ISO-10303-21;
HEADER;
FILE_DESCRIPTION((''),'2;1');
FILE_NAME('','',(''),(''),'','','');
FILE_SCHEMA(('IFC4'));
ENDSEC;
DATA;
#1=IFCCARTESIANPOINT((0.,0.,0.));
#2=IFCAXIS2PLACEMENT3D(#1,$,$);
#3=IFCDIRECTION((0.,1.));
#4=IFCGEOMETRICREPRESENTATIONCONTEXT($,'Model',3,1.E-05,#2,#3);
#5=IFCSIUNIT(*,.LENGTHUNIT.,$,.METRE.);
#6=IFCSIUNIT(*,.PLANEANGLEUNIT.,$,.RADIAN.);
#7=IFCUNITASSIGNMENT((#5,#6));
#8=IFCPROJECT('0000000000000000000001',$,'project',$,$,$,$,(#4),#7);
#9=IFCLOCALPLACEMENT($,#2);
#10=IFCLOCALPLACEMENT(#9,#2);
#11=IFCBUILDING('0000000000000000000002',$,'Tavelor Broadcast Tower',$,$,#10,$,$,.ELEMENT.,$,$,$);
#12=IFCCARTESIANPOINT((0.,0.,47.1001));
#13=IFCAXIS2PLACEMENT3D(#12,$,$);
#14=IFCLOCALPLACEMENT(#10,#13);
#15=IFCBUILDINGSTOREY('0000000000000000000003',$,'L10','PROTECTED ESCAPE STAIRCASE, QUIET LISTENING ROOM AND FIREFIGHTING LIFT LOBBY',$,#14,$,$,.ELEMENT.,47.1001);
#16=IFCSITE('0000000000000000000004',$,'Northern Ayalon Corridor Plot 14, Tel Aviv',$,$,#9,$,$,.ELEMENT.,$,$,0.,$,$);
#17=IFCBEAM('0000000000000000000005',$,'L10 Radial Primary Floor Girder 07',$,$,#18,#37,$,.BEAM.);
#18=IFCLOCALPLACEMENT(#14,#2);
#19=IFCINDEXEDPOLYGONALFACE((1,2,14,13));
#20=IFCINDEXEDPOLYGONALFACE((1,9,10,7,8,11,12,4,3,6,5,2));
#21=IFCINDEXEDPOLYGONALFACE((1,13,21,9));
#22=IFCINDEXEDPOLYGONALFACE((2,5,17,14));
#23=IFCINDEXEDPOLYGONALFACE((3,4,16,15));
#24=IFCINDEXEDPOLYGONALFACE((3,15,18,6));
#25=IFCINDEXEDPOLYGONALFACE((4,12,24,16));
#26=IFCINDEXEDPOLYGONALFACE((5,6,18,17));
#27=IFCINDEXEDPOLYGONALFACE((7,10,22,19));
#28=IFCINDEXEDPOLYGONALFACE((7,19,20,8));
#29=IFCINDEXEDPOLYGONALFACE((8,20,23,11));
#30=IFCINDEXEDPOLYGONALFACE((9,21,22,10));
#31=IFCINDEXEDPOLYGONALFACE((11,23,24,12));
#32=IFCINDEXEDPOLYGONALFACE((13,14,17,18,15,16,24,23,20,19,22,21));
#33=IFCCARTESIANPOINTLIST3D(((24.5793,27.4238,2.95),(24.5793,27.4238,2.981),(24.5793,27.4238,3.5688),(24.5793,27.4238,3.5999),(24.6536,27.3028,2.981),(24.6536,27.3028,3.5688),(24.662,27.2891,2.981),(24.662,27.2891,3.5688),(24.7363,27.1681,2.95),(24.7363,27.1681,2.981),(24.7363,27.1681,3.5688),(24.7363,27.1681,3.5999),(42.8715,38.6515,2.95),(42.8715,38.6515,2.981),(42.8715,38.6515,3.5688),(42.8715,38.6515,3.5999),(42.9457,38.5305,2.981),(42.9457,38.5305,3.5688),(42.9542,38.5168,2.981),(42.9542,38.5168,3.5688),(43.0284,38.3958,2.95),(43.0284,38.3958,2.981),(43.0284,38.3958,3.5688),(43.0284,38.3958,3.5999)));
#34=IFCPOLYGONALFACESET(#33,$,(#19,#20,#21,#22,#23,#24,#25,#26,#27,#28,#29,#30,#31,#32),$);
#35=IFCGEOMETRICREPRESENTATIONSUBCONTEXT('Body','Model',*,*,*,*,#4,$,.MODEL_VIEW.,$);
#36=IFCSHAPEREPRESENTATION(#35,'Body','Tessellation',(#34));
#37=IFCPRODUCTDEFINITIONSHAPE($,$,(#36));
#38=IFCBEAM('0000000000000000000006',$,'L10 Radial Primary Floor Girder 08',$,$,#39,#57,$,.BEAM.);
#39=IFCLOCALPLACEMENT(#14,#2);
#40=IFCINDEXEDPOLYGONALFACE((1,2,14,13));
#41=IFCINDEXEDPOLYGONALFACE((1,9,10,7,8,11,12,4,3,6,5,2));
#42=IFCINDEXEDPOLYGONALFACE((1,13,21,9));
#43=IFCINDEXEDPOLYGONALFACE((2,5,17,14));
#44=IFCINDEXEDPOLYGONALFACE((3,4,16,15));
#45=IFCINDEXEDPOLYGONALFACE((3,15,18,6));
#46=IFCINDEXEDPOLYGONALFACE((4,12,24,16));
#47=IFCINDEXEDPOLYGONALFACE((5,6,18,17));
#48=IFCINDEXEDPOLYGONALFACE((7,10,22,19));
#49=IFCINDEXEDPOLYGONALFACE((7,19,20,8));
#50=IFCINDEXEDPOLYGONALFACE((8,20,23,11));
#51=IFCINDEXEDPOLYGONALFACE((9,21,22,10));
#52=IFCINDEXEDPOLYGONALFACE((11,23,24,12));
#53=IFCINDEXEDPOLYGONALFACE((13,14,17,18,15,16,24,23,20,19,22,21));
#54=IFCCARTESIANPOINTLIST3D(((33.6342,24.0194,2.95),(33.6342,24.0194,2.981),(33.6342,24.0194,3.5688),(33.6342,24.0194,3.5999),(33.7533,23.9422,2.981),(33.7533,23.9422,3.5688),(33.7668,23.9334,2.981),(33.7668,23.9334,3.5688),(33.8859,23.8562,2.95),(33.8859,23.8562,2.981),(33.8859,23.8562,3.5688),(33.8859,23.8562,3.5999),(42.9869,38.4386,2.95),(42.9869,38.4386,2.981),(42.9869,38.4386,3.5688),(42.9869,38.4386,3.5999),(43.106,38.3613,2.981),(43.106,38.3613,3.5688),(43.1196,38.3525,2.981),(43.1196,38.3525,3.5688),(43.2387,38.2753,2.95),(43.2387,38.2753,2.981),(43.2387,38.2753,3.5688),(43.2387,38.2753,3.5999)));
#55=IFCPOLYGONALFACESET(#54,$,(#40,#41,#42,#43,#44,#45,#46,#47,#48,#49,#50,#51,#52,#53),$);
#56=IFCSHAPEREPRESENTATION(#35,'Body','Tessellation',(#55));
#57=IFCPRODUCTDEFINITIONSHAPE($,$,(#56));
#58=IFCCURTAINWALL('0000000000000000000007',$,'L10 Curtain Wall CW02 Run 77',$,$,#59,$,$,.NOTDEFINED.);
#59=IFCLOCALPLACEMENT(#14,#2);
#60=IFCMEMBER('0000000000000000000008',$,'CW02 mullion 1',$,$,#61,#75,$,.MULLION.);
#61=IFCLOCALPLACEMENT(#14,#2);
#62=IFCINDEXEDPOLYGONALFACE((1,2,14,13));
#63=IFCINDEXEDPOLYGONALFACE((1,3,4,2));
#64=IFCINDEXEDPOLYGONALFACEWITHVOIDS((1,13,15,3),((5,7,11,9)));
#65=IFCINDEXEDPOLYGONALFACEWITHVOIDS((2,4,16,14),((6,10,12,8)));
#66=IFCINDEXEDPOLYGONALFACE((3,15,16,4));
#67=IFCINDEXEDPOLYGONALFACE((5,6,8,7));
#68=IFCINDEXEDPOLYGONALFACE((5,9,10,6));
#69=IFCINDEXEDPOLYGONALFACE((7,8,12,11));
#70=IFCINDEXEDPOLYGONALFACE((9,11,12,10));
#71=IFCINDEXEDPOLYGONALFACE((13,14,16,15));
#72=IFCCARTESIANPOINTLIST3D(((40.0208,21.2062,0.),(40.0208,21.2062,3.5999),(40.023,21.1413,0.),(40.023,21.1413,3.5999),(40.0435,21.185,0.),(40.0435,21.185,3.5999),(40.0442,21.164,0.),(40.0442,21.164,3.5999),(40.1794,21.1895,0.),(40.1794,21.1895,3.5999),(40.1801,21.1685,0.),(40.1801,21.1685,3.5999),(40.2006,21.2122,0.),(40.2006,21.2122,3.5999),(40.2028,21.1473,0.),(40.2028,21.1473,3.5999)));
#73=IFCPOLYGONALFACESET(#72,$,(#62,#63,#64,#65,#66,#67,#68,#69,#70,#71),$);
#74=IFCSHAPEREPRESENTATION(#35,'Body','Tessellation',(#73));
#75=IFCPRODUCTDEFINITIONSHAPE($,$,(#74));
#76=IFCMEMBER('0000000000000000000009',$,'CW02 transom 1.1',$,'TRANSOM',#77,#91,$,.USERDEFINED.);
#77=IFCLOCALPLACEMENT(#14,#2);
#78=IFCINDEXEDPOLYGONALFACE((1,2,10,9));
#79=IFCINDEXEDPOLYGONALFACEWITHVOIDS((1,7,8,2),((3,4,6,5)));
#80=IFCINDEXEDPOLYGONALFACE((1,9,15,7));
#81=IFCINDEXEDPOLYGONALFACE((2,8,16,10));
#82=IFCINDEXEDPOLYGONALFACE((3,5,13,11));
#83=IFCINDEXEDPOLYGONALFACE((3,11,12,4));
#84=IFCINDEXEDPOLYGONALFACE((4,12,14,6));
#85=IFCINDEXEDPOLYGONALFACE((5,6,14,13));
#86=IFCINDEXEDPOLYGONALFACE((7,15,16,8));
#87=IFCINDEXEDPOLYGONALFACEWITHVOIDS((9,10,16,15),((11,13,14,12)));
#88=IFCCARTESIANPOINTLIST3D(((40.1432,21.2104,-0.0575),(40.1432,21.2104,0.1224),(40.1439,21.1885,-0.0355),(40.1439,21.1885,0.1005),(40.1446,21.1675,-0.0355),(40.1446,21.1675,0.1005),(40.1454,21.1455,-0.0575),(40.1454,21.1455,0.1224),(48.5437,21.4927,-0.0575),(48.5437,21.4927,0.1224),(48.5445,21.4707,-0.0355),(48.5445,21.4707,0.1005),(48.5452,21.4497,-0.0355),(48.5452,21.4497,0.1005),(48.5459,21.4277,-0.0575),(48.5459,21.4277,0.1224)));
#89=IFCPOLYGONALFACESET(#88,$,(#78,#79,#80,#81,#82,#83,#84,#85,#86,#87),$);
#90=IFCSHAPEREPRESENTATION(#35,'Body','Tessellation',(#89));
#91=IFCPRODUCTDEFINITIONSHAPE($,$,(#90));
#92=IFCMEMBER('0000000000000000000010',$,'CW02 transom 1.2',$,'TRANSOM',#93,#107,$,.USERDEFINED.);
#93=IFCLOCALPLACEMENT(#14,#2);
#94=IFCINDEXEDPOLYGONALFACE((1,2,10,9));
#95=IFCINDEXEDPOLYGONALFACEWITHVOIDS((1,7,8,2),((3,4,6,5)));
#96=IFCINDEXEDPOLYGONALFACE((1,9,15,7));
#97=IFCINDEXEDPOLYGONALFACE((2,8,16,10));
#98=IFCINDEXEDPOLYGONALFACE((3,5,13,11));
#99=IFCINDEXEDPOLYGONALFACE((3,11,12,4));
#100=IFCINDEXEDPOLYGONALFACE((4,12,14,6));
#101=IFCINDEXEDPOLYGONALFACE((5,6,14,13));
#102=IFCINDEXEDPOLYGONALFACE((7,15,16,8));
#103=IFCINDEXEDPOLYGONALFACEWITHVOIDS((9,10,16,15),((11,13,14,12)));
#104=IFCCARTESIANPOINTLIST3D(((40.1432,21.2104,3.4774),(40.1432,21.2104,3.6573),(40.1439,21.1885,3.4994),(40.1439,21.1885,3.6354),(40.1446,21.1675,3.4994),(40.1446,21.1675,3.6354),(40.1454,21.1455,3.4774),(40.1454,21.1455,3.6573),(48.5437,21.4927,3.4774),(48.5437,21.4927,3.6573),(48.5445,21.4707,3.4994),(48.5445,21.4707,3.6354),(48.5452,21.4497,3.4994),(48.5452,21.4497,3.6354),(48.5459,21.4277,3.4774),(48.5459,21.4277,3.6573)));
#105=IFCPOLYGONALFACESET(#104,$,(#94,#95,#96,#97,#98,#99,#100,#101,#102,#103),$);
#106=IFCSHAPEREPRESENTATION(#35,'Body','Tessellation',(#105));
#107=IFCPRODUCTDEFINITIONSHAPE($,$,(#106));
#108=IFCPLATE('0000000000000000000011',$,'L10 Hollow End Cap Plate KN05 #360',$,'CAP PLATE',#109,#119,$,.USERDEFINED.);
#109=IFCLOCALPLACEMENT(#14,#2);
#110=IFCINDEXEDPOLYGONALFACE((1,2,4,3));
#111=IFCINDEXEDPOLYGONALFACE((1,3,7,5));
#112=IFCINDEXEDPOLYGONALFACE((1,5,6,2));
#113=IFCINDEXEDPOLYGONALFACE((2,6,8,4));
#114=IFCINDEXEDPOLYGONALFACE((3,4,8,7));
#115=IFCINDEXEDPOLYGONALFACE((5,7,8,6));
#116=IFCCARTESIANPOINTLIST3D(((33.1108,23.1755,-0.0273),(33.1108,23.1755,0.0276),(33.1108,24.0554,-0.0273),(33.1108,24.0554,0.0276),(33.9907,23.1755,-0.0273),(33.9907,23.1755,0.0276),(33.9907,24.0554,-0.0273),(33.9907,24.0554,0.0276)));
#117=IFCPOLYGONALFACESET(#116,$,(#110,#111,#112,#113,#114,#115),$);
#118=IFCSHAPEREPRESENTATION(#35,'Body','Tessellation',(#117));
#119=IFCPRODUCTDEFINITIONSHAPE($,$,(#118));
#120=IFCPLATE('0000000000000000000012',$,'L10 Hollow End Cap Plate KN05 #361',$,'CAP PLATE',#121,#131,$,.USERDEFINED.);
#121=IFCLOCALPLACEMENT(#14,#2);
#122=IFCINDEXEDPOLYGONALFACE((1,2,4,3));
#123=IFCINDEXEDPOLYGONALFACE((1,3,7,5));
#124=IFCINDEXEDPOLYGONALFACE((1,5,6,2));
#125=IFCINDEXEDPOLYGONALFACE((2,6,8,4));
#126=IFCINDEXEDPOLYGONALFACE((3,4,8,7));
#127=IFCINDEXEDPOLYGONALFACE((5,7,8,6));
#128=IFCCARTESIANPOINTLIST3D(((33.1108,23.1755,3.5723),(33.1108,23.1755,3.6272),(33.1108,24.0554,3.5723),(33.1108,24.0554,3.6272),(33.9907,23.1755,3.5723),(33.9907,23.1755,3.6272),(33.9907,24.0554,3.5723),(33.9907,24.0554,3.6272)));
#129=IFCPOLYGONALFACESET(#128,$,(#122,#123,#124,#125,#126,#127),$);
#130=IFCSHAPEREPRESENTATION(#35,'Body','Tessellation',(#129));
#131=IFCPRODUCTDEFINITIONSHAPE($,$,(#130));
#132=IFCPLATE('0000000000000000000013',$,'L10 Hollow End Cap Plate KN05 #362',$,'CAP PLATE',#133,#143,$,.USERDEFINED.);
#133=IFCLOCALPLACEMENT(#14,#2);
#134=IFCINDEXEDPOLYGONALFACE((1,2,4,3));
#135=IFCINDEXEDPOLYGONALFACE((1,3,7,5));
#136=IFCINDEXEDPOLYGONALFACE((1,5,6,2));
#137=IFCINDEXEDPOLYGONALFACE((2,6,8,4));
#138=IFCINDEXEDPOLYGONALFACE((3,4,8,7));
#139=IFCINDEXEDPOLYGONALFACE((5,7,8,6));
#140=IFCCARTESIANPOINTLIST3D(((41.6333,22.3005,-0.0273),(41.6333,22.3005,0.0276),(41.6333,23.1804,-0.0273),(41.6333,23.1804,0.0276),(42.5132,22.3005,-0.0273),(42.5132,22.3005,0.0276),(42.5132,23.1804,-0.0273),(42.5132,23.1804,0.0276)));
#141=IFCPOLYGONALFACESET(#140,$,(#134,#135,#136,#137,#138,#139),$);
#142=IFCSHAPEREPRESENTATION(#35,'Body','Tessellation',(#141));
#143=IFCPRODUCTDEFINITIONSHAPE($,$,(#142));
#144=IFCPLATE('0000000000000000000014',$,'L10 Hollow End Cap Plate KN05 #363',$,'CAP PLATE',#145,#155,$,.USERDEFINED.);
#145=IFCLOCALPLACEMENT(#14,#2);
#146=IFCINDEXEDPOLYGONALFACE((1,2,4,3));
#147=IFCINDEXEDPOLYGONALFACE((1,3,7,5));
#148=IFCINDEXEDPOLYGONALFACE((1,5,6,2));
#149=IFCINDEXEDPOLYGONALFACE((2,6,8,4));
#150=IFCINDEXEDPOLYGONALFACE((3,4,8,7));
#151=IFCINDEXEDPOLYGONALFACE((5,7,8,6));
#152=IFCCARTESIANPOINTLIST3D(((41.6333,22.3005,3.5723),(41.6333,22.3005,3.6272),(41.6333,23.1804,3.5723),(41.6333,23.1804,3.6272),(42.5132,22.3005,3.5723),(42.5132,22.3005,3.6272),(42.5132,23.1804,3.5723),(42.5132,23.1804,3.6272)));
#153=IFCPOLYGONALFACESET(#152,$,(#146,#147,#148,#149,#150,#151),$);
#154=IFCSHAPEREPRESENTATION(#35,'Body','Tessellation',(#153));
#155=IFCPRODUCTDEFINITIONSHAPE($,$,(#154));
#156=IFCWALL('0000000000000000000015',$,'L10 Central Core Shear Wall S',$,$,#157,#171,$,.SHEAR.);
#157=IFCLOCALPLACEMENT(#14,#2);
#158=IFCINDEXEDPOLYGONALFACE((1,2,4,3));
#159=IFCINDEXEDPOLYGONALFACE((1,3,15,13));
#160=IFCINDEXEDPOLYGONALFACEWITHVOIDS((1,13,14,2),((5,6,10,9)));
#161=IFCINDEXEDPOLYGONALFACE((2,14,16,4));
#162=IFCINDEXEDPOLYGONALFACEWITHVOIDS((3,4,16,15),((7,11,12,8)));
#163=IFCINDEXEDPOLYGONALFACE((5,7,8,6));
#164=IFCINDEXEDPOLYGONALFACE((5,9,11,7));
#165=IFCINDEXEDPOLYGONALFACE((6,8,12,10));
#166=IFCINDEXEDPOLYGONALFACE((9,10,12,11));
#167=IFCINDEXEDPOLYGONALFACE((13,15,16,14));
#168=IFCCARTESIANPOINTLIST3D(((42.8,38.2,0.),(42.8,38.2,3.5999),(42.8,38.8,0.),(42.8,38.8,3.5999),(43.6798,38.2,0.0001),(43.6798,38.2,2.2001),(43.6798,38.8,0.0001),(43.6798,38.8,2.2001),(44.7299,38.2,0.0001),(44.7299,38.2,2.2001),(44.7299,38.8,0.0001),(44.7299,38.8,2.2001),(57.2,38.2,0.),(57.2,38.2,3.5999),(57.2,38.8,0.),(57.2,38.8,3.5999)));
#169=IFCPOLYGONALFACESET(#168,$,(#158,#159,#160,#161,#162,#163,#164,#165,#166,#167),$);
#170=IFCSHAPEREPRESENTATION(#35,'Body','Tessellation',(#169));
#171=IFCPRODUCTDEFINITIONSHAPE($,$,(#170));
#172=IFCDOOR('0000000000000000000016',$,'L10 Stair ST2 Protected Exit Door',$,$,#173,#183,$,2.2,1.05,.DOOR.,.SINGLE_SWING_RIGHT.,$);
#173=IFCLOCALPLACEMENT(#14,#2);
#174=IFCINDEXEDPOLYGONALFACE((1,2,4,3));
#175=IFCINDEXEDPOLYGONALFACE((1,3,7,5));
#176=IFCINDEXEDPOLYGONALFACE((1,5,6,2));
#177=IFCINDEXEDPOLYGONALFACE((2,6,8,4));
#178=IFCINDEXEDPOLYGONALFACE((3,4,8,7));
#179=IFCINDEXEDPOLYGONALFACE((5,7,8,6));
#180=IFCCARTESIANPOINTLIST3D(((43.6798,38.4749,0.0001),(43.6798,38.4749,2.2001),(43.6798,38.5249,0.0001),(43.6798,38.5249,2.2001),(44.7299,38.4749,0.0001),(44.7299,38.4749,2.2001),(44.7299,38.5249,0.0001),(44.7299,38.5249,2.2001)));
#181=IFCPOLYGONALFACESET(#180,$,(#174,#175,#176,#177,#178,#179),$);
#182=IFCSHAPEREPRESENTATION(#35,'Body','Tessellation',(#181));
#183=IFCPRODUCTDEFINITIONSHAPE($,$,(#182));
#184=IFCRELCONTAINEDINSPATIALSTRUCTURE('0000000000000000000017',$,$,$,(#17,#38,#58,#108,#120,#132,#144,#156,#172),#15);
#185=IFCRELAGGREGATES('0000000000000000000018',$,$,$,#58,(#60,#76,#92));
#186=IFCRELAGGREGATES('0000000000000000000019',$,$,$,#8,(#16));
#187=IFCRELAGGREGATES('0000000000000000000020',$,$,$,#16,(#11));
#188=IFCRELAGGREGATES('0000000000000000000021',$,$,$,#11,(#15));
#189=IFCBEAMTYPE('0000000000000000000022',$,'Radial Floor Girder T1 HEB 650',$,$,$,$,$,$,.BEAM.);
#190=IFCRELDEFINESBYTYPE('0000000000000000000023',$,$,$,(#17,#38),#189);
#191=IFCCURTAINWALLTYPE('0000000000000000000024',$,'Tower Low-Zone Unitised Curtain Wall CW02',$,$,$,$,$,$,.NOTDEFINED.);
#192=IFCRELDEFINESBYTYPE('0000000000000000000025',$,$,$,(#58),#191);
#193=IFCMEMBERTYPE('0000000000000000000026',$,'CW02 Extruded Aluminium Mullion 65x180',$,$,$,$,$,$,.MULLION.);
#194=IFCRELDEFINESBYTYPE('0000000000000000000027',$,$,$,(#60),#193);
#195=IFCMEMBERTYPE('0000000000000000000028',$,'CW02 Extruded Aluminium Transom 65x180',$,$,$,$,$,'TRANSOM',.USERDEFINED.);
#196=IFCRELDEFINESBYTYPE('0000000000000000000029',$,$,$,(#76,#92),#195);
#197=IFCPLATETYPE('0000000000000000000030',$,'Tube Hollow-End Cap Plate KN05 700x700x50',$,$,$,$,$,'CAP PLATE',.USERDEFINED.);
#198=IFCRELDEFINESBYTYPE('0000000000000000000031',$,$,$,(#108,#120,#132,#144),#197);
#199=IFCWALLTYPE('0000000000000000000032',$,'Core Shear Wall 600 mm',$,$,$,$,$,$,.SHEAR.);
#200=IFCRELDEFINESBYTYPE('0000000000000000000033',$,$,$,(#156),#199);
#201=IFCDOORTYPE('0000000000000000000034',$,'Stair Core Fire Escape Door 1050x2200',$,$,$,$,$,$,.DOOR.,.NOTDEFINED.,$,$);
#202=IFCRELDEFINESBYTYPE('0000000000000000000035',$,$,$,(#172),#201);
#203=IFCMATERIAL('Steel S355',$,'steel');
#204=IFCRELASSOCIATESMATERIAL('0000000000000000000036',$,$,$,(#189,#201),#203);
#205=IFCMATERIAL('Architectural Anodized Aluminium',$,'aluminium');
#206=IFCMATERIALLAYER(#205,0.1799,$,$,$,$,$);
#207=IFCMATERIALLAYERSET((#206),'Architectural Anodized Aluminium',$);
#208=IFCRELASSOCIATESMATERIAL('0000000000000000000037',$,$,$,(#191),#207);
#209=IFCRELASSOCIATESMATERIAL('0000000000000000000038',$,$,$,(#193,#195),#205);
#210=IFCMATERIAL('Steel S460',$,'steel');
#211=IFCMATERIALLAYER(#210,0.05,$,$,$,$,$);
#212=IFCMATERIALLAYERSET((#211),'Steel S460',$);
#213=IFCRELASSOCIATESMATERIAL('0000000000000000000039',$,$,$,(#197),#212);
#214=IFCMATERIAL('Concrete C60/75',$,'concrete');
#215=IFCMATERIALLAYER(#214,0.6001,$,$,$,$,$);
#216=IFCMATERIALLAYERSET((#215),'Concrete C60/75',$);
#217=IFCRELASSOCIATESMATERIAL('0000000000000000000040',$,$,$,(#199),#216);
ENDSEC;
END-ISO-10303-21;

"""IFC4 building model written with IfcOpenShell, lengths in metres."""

from ifc_helpers import new_model, si_unit, direction, frame, frame_2d, origin, origin_2d, place, context, subcontext, project, spatial, rectangle, hollow_rectangle, i_section, extrude, source, transform, mapped, material, layer, layer_set, material_profile, profile_set, type_object, type_shapes, element, fill, aggregate, save


model = new_model("IFC4")

# Units and contexts
model_context = context("Model", 3, precision=1e-05, world=origin(), true_north=direction((0.0, 1.0)))
body_context = subcontext(model_context, "Body", "Model", "MODEL_VIEW")
ifc_project = project(units=[si_unit("LENGTHUNIT", "METRE"), si_unit("PLANEANGLEUNIT", "RADIAN")], contexts=[model_context])

# Site, building, storey
site_placement = place(None, origin())
site = spatial("IfcSite", under=ifc_project, at=site_placement, Name="Northern Ayalon Corridor Plot 14, Tel Aviv", CompositionType="ELEMENT", RefElevation=0.0)
building_placement = place(site_placement, origin())
building = spatial("IfcBuilding", under=site, at=building_placement, Name="Tavelor Broadcast Tower", CompositionType="ELEMENT")
storey_placement = place(building_placement, frame((0.0, 0.0, 47.1001)))
storey = spatial("IfcBuildingStorey", under=building, at=storey_placement, Name="L10", Description="PROTECTED ESCAPE STAIRCASE, QUIET LISTENING ROOM AND FIREFIGHTING LIFT LOBBY", CompositionType="ELEMENT", Elevation=47.1001)

# Shared definitions
ifc_material_1 = material(Name="Steel S460", Category="steel")

# Beams
ifc_material_2 = material(Name="Steel S355", Category="steel")
ifc_material_profile_1 = material_profile(ifc_material_2, i_section(OverallWidth=0.3, OverallDepth=0.6499, WebThickness=0.0161, FlangeThickness=0.031, at=origin_2d()), Name="HEB 650")
ifc_profile_set_1 = profile_set([ifc_material_profile_1], Name="Steel S355")
beam_type_1 = type_object("IfcBeamType", Name="Radial Floor Girder T1 HEB 650", PredefinedType="BEAM", material=ifc_profile_set_1)
beam_1_placement = place(storey_placement, frame((42.95, 38.5237, 3.2749), z_axis=(-0.85226, -0.523118, 0.0), x_axis=(0.523118, -0.85226, 0.0)))
element("IfcBeam", 1, at=beam_1_placement, inside=storey, type_object=beam_type_1, Name="L10 Radial Primary Floor Girder 07", PredefinedType="BEAM", context=body_context, shape_type="SweptSolid", body=[
    extrude(i_section(OverallWidth=0.3, OverallDepth=0.6499, WebThickness=0.0161, FlangeThickness=0.031, at=origin_2d()), origin(), (0.0, 0.0, 1.0), 21.4631),
])
beam_2_placement = place(storey_placement, frame((43.1128, 38.3569, 3.2749), z_axis=(-0.544183, -0.838967, 0.0), x_axis=(0.838967, -0.544183, 0.0)))
element("IfcBeam", 2, at=beam_2_placement, inside=storey, type_object=beam_type_1, Name="L10 Radial Primary Floor Girder 08", PredefinedType="BEAM", context=body_context, shape_type="SweptSolid", body=[
    extrude(i_section(OverallWidth=0.3, OverallDepth=0.6499, WebThickness=0.0161, FlangeThickness=0.031, at=origin_2d()), origin(), (0.0, 0.0, 1.0), 17.1868),
])

# Curtain wall, members
ifc_material_3 = material(Name="Architectural Anodized Aluminium", Category="aluminium")
ifc_layer_1 = layer(ifc_material_3, 0.1799)
ifc_layer_set_1 = layer_set([ifc_layer_1], Name="Architectural Anodized Aluminium")
curtain_wall_type = type_object("IfcCurtainWallType", Name="Tower Low-Zone Unitised Curtain Wall CW02", PredefinedType="NOTDEFINED", material=ifc_layer_set_1)
curtain_wall_placement = place(storey_placement, origin())
curtain_wall = element("IfcCurtainWall", 3, at=curtain_wall_placement, inside=storey, type_object=curtain_wall_type, Name="L10 Curtain Wall CW02 Run 77", PredefinedType="NOTDEFINED")
ifc_material_profile_2 = material_profile(ifc_material_3, hollow_rectangle(XDim=0.0649, YDim=0.1799, WallThickness=0.022, at=origin_2d()), Name="RHS 65x180x22")
ifc_profile_set_2 = profile_set([ifc_material_profile_2], Name="Architectural Anodized Aluminium")
member_type_1 = type_object("IfcMemberType", Name="CW02 Extruded Aluminium Mullion 65x180", PredefinedType="MULLION", material=ifc_profile_set_2)
shared_shape_1 = source(origin(), body_context, "Body", "SweptSolid", [
    extrude(hollow_rectangle(XDim=0.0649, YDim=0.1799, WallThickness=0.022, at=origin_2d()), origin(), (0.0, 0.0, 1.0), 3.5999),
])
type_shapes(member_type_1, [shared_shape_1])
member_1_placement = place(storey_placement, frame((40.1118, 21.1768, 0.0), z_axis=(0.0, 0.0, 1.0), x_axis=(-0.033578, 0.999436, 0.0)))
member_1 = element("IfcMember", 4, at=member_1_placement, type_object=member_type_1, Name="CW02 mullion 1", PredefinedType="MULLION", context=body_context, shape_type="MappedRepresentation", body=[
    mapped(shared_shape_1, transform((0.0, 0.0, 0.0), scale=1.0)),
])
ifc_material_profile_3 = material_profile(ifc_material_3, hollow_rectangle(XDim=0.0649, YDim=0.1799, WallThickness=0.022, at=origin_2d()), Name="RHS 65x180x22")
ifc_profile_set_3 = profile_set([ifc_material_profile_3], Name="Architectural Anodized Aluminium")
member_type_2 = type_object("IfcMemberType", Name="CW02 Extruded Aluminium Transom 65x180", ElementType="TRANSOM", PredefinedType="USERDEFINED", material=ifc_profile_set_3)
shared_shape_2 = source(origin(), body_context, "Body", "SweptSolid", [
    extrude(hollow_rectangle(XDim=0.0649, YDim=0.1799, WallThickness=0.022, at=origin_2d()), origin(), (0.0, 0.0, 1.0), 8.4053),
])
type_shapes(member_type_2, [shared_shape_2])
member_2_placement = place(storey_placement, frame((40.1443, 21.178, 0.0325), z_axis=(0.999436, 0.033577, 0.0), x_axis=(-0.033577, 0.999436, 0.0)))
member_2 = element("IfcMember", 5, at=member_2_placement, type_object=member_type_2, Name="CW02 transom 1.1", ObjectType="TRANSOM", PredefinedType="USERDEFINED", context=body_context, shape_type="MappedRepresentation", body=[
    mapped(shared_shape_2, transform((0.0, 0.0, 0.0), scale=1.0)),
])
member_3_placement = place(storey_placement, frame((40.1443, 21.178, 3.5674), z_axis=(0.999436, 0.033577, 0.0), x_axis=(-0.033577, 0.999436, 0.0)))
member_3 = element("IfcMember", 6, at=member_3_placement, type_object=member_type_2, Name="CW02 transom 1.2", ObjectType="TRANSOM", PredefinedType="USERDEFINED", context=body_context, shape_type="MappedRepresentation", body=[
    mapped(shared_shape_2, transform((0.0, 0.0, 0.0), scale=1.0)),
])
aggregate(curtain_wall, [member_1, member_2, member_3])

# Plates
ifc_layer_2 = layer(ifc_material_1, 0.05)
ifc_layer_set_2 = layer_set([ifc_layer_2], Name="Steel S460")
plate_type = type_object("IfcPlateType", Name="Tube Hollow-End Cap Plate KN05 700x700x50", ElementType="CAP PLATE", PredefinedType="USERDEFINED", material=ifc_layer_set_2)
shared_shape_3 = source(origin(), body_context, "Body", "SweptSolid", [
    extrude(rectangle(XDim=0.8799, YDim=0.8799, at=origin_2d()), origin(), (0.0, 0.0, 1.0), 0.0549),
])
type_shapes(plate_type, [shared_shape_3])
for number, where, z_axis, x_axis, name in (
    (7, (33.5508, 23.6155, -0.0273), (0.0, 0.0, 1.0), (1.0, 0.0, 0.0), "L10 Hollow End Cap Plate KN05 #360"),
    (8, (33.5508, 23.6155, 3.5723), (0.0, 0.0, 1.0), (1.0, 0.0, 0.0), "L10 Hollow End Cap Plate KN05 #361"),
    (9, (42.0732, 22.7405, -0.0273), (0.0, 0.0, 1.0), (1.0, 0.0, 0.0), "L10 Hollow End Cap Plate KN05 #362"),
    (10, (42.0732, 22.7405, 3.5723), (0.0, 0.0, 1.0), (1.0, 0.0, 0.0), "L10 Hollow End Cap Plate KN05 #363"),
):
    element("IfcPlate", number, at=place(storey_placement, frame(where, z_axis=z_axis, x_axis=x_axis)), inside=storey, type_object=plate_type, Name=name, ObjectType="CAP PLATE", PredefinedType="USERDEFINED", context=body_context, shape_type="MappedRepresentation", body=[
        mapped(shared_shape_3, transform((0.0, 0.0, 0.0), scale=1.0)),
    ])

# Wall, opening, door
ifc_material_4 = material(Name="Concrete C60/75", Category="concrete")
ifc_layer_3 = layer(ifc_material_4, 0.6001)
ifc_layer_set_3 = layer_set([ifc_layer_3], Name="Concrete C60/75")
wall_type_1 = type_object("IfcWallType", Name="Core Shear Wall 600 mm", PredefinedType="SHEAR", material=ifc_layer_set_3)
wall_1_placement = place(storey_placement, frame((42.8, 38.5, 0.0), z_axis=(0.0, 0.0, 1.0), x_axis=(1.0, 0.0, 0.0)))
wall_1 = element("IfcWall", 11, at=wall_1_placement, inside=storey, type_object=wall_type_1, Name="L10 Central Core Shear Wall S", PredefinedType="SHEAR", context=body_context, shape_type="SweptSolid", body=[
    extrude(rectangle(XDim=14.3999, YDim=0.6001, at=frame_2d((7.2, 0.0))), origin(), (0.0, 0.0, 1.0), 3.5999),
])
opening_1_placement = place(wall_1_placement, frame((0.8799, 0.0, 0.0)))
opening_1 = element("IfcOpeningElement", 12, at=opening_1_placement, cuts=wall_1, PredefinedType="OPENING", context=body_context, shape_type="SweptSolid", body=[
    extrude(rectangle(XDim=1.05, YDim=2.2, at=frame_2d((0.5249, 1.1001))), frame((0.0, 0.3101, 0.0), z_axis=(0.0, -1.0, 0.0), x_axis=(1.0, 0.0, 0.0)), (0.0, 0.0, 1.0), 0.6201),
])
door_type_1 = type_object("IfcDoorType", Name="Stair Core Fire Escape Door 1050x2200", OperationType="NOTDEFINED", PredefinedType="DOOR", material=ifc_material_2)
door_1_placement = place(opening_1_placement, origin())
door_1 = element("IfcDoor", 13, at=door_1_placement, inside=storey, type_object=door_type_1, Name="L10 Stair ST2 Protected Exit Door", OperationType="SINGLE_SWING_RIGHT", OverallHeight=2.2, OverallWidth=1.05, PredefinedType="DOOR", context=body_context, shape_type="SweptSolid", body=[
    extrude(rectangle(XDim=1.05, YDim=2.2, at=frame_2d((0.5249, 1.1001))), frame((0.0, 0.0249, 0.0), z_axis=(0.0, -1.0, 0.0), x_axis=(1.0, 0.0, 0.0)), (0.0, 0.0, 1.0), 0.05),
])
fill(opening_1, door_1)

save(model, "model.ifc")
